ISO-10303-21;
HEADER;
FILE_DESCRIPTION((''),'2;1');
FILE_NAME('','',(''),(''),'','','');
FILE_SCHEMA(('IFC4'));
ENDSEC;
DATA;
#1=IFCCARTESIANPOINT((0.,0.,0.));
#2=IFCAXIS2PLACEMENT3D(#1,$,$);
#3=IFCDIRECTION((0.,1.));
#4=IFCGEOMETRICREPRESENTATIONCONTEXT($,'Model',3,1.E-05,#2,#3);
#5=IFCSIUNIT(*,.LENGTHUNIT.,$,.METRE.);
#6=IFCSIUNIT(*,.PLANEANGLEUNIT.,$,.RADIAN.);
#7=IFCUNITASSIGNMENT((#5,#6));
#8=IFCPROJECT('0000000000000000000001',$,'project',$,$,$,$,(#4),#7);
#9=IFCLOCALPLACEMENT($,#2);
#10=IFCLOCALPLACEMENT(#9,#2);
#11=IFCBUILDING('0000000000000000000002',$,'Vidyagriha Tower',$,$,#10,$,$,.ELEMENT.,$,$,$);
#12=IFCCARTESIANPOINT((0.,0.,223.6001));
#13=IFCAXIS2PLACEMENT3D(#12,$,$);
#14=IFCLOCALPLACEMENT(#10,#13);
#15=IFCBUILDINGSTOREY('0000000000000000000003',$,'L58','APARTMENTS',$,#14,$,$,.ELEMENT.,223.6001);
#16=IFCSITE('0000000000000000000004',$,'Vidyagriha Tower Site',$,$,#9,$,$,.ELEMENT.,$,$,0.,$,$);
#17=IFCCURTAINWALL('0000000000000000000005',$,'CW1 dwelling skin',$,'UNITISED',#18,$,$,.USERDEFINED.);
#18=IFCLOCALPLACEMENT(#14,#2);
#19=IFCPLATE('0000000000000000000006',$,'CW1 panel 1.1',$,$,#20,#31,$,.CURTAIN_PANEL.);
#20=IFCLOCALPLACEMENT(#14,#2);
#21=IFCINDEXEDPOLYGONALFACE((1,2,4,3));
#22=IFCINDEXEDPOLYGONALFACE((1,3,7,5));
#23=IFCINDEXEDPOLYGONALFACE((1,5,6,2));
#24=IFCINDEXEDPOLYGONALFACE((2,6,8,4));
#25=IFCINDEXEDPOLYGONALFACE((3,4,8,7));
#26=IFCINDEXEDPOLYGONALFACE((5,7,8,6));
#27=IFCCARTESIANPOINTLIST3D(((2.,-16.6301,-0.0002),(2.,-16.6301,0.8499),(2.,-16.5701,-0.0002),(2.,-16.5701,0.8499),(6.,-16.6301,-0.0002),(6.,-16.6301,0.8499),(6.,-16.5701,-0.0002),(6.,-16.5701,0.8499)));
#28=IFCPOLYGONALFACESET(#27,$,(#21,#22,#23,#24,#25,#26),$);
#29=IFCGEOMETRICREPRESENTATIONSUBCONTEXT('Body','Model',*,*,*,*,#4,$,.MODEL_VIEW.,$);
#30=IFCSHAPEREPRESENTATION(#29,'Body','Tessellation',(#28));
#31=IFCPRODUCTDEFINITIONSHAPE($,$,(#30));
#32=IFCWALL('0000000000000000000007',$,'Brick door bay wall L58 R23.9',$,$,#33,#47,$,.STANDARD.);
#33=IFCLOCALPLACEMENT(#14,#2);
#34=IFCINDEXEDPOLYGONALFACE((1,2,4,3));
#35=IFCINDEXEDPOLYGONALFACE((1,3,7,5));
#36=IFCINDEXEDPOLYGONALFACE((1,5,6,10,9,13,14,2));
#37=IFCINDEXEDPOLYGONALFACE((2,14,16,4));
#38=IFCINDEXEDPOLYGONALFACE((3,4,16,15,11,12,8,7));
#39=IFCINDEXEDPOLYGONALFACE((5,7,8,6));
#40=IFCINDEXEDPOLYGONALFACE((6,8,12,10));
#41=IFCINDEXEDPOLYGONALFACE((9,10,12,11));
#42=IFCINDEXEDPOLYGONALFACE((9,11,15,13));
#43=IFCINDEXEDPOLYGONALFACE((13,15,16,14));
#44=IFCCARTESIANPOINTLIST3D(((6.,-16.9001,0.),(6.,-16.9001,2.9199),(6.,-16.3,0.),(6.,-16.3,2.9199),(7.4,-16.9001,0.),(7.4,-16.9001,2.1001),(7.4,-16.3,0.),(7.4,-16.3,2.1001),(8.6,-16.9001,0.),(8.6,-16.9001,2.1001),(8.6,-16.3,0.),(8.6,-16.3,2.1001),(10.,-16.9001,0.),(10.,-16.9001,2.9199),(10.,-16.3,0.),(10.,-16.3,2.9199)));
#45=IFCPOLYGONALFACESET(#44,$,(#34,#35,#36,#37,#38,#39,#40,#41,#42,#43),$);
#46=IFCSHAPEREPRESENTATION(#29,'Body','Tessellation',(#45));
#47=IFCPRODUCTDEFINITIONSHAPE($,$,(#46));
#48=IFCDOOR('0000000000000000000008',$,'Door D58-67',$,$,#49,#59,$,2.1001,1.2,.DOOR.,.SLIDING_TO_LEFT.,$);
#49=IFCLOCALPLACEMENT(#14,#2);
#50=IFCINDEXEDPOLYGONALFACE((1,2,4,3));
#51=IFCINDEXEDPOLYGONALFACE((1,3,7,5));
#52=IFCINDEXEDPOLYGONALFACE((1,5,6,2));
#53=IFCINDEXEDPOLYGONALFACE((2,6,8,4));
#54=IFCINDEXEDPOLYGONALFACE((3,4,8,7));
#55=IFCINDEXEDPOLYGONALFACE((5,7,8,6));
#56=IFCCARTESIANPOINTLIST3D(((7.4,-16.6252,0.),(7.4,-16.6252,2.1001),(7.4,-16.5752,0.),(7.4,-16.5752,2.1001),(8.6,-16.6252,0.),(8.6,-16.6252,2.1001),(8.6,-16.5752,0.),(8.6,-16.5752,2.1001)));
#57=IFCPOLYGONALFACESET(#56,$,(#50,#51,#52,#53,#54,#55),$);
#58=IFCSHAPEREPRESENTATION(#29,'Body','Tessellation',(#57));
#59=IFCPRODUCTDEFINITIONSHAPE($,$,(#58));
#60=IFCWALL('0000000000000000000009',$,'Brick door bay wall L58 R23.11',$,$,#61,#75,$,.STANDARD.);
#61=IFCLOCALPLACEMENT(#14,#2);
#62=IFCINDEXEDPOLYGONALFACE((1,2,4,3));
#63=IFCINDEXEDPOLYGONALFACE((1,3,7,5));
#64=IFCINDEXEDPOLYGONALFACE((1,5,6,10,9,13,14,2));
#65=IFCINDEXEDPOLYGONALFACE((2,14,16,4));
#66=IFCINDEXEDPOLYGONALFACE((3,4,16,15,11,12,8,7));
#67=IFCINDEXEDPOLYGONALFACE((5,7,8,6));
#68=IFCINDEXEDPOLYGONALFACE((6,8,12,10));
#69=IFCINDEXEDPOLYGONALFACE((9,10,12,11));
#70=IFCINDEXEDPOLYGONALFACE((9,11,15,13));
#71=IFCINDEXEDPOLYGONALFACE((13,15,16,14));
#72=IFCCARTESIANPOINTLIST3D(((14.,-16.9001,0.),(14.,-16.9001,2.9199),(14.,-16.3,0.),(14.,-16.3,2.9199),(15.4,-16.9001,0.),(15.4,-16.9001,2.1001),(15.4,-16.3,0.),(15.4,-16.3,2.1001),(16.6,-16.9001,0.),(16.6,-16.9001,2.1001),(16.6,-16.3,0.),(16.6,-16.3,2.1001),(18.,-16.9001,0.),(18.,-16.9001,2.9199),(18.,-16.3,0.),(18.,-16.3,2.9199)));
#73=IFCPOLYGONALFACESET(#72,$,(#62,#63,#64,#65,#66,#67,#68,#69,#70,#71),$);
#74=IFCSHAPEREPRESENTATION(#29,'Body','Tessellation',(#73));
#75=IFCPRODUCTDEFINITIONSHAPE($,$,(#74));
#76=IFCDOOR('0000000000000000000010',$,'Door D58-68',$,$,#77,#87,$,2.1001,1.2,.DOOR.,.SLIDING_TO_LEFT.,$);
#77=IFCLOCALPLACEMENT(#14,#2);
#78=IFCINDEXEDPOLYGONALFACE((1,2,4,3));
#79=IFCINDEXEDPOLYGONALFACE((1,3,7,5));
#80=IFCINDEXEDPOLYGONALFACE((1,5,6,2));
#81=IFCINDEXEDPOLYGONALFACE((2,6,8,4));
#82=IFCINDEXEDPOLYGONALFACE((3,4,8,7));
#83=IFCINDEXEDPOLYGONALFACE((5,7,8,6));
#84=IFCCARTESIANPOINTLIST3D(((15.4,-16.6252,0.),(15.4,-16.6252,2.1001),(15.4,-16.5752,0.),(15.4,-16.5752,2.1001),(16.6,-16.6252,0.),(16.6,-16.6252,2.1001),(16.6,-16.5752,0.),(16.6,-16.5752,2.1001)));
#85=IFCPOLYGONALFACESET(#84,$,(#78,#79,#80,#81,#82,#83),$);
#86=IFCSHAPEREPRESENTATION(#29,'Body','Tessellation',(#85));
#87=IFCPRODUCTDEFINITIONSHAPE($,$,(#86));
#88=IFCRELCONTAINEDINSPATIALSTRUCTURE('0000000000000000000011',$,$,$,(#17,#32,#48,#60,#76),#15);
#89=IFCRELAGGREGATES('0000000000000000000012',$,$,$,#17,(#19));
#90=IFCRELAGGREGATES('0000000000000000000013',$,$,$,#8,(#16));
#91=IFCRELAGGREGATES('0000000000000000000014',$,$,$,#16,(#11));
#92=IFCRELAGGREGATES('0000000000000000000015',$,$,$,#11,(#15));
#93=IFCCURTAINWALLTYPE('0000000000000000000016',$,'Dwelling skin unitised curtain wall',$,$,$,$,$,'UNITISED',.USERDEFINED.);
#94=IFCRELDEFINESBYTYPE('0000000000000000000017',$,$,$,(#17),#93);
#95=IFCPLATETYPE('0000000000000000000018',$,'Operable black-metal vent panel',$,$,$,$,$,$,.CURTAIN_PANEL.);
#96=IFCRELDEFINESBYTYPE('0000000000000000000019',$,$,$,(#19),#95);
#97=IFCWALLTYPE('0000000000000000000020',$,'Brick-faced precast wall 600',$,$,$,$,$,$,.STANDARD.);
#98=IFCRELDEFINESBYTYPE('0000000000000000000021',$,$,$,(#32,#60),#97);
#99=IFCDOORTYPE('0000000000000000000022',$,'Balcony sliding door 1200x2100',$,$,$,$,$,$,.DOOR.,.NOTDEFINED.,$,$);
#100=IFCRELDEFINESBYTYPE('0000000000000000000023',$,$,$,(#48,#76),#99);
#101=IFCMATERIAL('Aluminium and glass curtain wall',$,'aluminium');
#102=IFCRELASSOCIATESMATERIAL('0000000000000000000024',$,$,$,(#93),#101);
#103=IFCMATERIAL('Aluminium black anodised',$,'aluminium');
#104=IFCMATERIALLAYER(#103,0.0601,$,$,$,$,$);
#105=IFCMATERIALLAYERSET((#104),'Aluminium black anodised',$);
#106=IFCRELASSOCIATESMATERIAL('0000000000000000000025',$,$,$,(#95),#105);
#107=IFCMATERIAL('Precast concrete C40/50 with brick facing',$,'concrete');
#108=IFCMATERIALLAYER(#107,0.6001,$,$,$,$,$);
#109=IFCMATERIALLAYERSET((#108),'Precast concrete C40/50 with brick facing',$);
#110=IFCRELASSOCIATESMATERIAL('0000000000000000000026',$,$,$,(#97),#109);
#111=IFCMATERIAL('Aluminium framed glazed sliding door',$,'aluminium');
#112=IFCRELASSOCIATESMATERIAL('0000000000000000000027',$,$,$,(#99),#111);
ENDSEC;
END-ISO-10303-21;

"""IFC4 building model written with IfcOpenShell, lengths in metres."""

from ifc_helpers import new_model, si_unit, direction, frame, frame_2d, origin, origin_2d, place, context, subcontext, project, spatial, rectangle, extrude, material, layer, layer_set, type_object, element, fill, aggregate, save


model = new_model("IFC4")

# Units and contexts
model_context = context("Model", 3, precision=1e-05, world=origin(), true_north=direction((0.0, 1.0)))
body_context = subcontext(model_context, "Body", "Model", "MODEL_VIEW")
ifc_project = project(units=[si_unit("LENGTHUNIT", "METRE"), si_unit("PLANEANGLEUNIT", "RADIAN")], contexts=[model_context])

# Site, building, storey
site_placement = place(None, origin())
site = spatial("IfcSite", under=ifc_project, at=site_placement, Name="Vidyagriha Tower Site", CompositionType="ELEMENT", RefElevation=0.0)
building_placement = place(site_placement, origin())
building = spatial("IfcBuilding", under=site, at=building_placement, Name="Vidyagriha Tower", CompositionType="ELEMENT")
storey_placement = place(building_placement, frame((0.0, 0.0, 223.6001)))
storey = spatial("IfcBuildingStorey", under=building, at=storey_placement, Name="L58", Description="APARTMENTS", CompositionType="ELEMENT", Elevation=223.6001)

# Curtain wall
ifc_material_1 = material(Name="Aluminium and glass curtain wall", Category="aluminium")
curtain_wall_type = type_object("IfcCurtainWallType", Name="Dwelling skin unitised curtain wall", ElementType="UNITISED", PredefinedType="USERDEFINED", material=ifc_material_1)
curtain_wall_1_placement = place(storey_placement, origin())
curtain_wall_1 = element("IfcCurtainWall", 1, at=curtain_wall_1_placement, inside=storey, type_object=curtain_wall_type, Name="CW1 dwelling skin", ObjectType="UNITISED", PredefinedType="USERDEFINED")

# Plate
ifc_material_2 = material(Name="Aluminium black anodised", Category="aluminium")
ifc_layer_1 = layer(ifc_material_2, 0.0601)
ifc_layer_set_1 = layer_set([ifc_layer_1], Name="Aluminium black anodised")
plate_type_1 = type_object("IfcPlateType", Name="Operable black-metal vent panel", PredefinedType="CURTAIN_PANEL", material=ifc_layer_set_1)
plate_1_placement = place(storey_placement, frame((4.0, -16.6001, -0.0002)))
plate_1 = element("IfcPlate", 2, at=plate_1_placement, type_object=plate_type_1, Name="CW1 panel 1.1", PredefinedType="CURTAIN_PANEL", context=body_context, shape_type="SweptSolid", body=[
    extrude(rectangle(XDim=4.0, YDim=0.0601, at=origin_2d()), origin(), (0.0, 0.0, 1.0), 0.8501),
])
aggregate(curtain_wall_1, [plate_1])

# Walls, openings, doors
ifc_material_3 = material(Name="Precast concrete C40/50 with brick facing", Category="concrete")
ifc_layer_2 = layer(ifc_material_3, 0.6001)
ifc_layer_set_2 = layer_set([ifc_layer_2], Name="Precast concrete C40/50 with brick facing")
wall_type = type_object("IfcWallType", Name="Brick-faced precast wall 600", PredefinedType="STANDARD", material=ifc_layer_set_2)
wall_1_placement = place(storey_placement, frame((6.0, -16.6001, 0.0)))
wall_1 = element("IfcWall", 3, at=wall_1_placement, inside=storey, type_object=wall_type, Name="Brick door bay wall L58 R23.9", PredefinedType="STANDARD", context=body_context, shape_type="SweptSolid", body=[
    extrude(rectangle(XDim=4.0, YDim=0.6001, at=frame_2d((2.0, 0.0))), origin(), (0.0, 0.0, 1.0), 2.9199),
])
opening_1_placement = place(wall_1_placement, frame((1.3999, 0.0, 0.0)))
opening_1 = element("IfcOpeningElement", 4, at=opening_1_placement, cuts=wall_1, PredefinedType="OPENING", context=body_context, shape_type="SweptSolid", body=[
    extrude(rectangle(XDim=1.2, YDim=2.1001, at=frame_2d((0.6001, 1.05))), frame((0.0, 0.3101, 0.0), z_axis=(0.0, -1.0, 0.0), x_axis=(1.0, 0.0, 0.0)), (0.0, 0.0, 1.0), 0.6201),
])
ifc_material_4 = material(Name="Aluminium framed glazed sliding door", Category="aluminium")
door_type = type_object("IfcDoorType", Name="Balcony sliding door 1200x2100", OperationType="NOTDEFINED", PredefinedType="DOOR", material=ifc_material_4)
door_1_placement = place(opening_1_placement, origin())
door_1 = element("IfcDoor", 5, at=door_1_placement, inside=storey, type_object=door_type, Name="Door D58-67", OperationType="SLIDING_TO_LEFT", OverallHeight=2.1001, OverallWidth=1.2, PredefinedType="DOOR", context=body_context, shape_type="SweptSolid", body=[
    extrude(rectangle(XDim=1.2, YDim=2.1001, at=frame_2d((0.6001, 1.05))), frame((0.0, 0.0249, 0.0), z_axis=(0.0, -1.0, 0.0), x_axis=(1.0, 0.0, 0.0)), (0.0, 0.0, 1.0), 0.05),
])
fill(opening_1, door_1)
wall_2_placement = place(storey_placement, frame((14.0, -16.6001, 0.0)))
wall_2 = element("IfcWall", 6, at=wall_2_placement, inside=storey, type_object=wall_type, Name="Brick door bay wall L58 R23.11", PredefinedType="STANDARD", context=body_context, shape_type="SweptSolid", body=[
    extrude(rectangle(XDim=4.0, YDim=0.6001, at=frame_2d((2.0, 0.0))), origin(), (0.0, 0.0, 1.0), 2.9199),
])
opening_2_placement = place(wall_2_placement, frame((1.3999, 0.0, 0.0)))
opening_2 = element("IfcOpeningElement", 7, at=opening_2_placement, cuts=wall_2, PredefinedType="OPENING", context=body_context, shape_type="SweptSolid", body=[
    extrude(rectangle(XDim=1.2, YDim=2.1001, at=frame_2d((0.6001, 1.05))), frame((0.0, 0.3101, 0.0), z_axis=(0.0, -1.0, 0.0), x_axis=(1.0, 0.0, 0.0)), (0.0, 0.0, 1.0), 0.6201),
])
door_2_placement = place(opening_2_placement, origin())
door_2 = element("IfcDoor", 8, at=door_2_placement, inside=storey, type_object=door_type, Name="Door D58-68", OperationType="SLIDING_TO_LEFT", OverallHeight=2.1001, OverallWidth=1.2, PredefinedType="DOOR", context=body_context, shape_type="SweptSolid", body=[
    extrude(rectangle(XDim=1.2, YDim=2.1001, at=frame_2d((0.6001, 1.05))), frame((0.0, 0.0249, 0.0), z_axis=(0.0, -1.0, 0.0), x_axis=(1.0, 0.0, 0.0)), (0.0, 0.0, 1.0), 0.05),
])
fill(opening_2, door_2)

save(model, "model.ifc")
